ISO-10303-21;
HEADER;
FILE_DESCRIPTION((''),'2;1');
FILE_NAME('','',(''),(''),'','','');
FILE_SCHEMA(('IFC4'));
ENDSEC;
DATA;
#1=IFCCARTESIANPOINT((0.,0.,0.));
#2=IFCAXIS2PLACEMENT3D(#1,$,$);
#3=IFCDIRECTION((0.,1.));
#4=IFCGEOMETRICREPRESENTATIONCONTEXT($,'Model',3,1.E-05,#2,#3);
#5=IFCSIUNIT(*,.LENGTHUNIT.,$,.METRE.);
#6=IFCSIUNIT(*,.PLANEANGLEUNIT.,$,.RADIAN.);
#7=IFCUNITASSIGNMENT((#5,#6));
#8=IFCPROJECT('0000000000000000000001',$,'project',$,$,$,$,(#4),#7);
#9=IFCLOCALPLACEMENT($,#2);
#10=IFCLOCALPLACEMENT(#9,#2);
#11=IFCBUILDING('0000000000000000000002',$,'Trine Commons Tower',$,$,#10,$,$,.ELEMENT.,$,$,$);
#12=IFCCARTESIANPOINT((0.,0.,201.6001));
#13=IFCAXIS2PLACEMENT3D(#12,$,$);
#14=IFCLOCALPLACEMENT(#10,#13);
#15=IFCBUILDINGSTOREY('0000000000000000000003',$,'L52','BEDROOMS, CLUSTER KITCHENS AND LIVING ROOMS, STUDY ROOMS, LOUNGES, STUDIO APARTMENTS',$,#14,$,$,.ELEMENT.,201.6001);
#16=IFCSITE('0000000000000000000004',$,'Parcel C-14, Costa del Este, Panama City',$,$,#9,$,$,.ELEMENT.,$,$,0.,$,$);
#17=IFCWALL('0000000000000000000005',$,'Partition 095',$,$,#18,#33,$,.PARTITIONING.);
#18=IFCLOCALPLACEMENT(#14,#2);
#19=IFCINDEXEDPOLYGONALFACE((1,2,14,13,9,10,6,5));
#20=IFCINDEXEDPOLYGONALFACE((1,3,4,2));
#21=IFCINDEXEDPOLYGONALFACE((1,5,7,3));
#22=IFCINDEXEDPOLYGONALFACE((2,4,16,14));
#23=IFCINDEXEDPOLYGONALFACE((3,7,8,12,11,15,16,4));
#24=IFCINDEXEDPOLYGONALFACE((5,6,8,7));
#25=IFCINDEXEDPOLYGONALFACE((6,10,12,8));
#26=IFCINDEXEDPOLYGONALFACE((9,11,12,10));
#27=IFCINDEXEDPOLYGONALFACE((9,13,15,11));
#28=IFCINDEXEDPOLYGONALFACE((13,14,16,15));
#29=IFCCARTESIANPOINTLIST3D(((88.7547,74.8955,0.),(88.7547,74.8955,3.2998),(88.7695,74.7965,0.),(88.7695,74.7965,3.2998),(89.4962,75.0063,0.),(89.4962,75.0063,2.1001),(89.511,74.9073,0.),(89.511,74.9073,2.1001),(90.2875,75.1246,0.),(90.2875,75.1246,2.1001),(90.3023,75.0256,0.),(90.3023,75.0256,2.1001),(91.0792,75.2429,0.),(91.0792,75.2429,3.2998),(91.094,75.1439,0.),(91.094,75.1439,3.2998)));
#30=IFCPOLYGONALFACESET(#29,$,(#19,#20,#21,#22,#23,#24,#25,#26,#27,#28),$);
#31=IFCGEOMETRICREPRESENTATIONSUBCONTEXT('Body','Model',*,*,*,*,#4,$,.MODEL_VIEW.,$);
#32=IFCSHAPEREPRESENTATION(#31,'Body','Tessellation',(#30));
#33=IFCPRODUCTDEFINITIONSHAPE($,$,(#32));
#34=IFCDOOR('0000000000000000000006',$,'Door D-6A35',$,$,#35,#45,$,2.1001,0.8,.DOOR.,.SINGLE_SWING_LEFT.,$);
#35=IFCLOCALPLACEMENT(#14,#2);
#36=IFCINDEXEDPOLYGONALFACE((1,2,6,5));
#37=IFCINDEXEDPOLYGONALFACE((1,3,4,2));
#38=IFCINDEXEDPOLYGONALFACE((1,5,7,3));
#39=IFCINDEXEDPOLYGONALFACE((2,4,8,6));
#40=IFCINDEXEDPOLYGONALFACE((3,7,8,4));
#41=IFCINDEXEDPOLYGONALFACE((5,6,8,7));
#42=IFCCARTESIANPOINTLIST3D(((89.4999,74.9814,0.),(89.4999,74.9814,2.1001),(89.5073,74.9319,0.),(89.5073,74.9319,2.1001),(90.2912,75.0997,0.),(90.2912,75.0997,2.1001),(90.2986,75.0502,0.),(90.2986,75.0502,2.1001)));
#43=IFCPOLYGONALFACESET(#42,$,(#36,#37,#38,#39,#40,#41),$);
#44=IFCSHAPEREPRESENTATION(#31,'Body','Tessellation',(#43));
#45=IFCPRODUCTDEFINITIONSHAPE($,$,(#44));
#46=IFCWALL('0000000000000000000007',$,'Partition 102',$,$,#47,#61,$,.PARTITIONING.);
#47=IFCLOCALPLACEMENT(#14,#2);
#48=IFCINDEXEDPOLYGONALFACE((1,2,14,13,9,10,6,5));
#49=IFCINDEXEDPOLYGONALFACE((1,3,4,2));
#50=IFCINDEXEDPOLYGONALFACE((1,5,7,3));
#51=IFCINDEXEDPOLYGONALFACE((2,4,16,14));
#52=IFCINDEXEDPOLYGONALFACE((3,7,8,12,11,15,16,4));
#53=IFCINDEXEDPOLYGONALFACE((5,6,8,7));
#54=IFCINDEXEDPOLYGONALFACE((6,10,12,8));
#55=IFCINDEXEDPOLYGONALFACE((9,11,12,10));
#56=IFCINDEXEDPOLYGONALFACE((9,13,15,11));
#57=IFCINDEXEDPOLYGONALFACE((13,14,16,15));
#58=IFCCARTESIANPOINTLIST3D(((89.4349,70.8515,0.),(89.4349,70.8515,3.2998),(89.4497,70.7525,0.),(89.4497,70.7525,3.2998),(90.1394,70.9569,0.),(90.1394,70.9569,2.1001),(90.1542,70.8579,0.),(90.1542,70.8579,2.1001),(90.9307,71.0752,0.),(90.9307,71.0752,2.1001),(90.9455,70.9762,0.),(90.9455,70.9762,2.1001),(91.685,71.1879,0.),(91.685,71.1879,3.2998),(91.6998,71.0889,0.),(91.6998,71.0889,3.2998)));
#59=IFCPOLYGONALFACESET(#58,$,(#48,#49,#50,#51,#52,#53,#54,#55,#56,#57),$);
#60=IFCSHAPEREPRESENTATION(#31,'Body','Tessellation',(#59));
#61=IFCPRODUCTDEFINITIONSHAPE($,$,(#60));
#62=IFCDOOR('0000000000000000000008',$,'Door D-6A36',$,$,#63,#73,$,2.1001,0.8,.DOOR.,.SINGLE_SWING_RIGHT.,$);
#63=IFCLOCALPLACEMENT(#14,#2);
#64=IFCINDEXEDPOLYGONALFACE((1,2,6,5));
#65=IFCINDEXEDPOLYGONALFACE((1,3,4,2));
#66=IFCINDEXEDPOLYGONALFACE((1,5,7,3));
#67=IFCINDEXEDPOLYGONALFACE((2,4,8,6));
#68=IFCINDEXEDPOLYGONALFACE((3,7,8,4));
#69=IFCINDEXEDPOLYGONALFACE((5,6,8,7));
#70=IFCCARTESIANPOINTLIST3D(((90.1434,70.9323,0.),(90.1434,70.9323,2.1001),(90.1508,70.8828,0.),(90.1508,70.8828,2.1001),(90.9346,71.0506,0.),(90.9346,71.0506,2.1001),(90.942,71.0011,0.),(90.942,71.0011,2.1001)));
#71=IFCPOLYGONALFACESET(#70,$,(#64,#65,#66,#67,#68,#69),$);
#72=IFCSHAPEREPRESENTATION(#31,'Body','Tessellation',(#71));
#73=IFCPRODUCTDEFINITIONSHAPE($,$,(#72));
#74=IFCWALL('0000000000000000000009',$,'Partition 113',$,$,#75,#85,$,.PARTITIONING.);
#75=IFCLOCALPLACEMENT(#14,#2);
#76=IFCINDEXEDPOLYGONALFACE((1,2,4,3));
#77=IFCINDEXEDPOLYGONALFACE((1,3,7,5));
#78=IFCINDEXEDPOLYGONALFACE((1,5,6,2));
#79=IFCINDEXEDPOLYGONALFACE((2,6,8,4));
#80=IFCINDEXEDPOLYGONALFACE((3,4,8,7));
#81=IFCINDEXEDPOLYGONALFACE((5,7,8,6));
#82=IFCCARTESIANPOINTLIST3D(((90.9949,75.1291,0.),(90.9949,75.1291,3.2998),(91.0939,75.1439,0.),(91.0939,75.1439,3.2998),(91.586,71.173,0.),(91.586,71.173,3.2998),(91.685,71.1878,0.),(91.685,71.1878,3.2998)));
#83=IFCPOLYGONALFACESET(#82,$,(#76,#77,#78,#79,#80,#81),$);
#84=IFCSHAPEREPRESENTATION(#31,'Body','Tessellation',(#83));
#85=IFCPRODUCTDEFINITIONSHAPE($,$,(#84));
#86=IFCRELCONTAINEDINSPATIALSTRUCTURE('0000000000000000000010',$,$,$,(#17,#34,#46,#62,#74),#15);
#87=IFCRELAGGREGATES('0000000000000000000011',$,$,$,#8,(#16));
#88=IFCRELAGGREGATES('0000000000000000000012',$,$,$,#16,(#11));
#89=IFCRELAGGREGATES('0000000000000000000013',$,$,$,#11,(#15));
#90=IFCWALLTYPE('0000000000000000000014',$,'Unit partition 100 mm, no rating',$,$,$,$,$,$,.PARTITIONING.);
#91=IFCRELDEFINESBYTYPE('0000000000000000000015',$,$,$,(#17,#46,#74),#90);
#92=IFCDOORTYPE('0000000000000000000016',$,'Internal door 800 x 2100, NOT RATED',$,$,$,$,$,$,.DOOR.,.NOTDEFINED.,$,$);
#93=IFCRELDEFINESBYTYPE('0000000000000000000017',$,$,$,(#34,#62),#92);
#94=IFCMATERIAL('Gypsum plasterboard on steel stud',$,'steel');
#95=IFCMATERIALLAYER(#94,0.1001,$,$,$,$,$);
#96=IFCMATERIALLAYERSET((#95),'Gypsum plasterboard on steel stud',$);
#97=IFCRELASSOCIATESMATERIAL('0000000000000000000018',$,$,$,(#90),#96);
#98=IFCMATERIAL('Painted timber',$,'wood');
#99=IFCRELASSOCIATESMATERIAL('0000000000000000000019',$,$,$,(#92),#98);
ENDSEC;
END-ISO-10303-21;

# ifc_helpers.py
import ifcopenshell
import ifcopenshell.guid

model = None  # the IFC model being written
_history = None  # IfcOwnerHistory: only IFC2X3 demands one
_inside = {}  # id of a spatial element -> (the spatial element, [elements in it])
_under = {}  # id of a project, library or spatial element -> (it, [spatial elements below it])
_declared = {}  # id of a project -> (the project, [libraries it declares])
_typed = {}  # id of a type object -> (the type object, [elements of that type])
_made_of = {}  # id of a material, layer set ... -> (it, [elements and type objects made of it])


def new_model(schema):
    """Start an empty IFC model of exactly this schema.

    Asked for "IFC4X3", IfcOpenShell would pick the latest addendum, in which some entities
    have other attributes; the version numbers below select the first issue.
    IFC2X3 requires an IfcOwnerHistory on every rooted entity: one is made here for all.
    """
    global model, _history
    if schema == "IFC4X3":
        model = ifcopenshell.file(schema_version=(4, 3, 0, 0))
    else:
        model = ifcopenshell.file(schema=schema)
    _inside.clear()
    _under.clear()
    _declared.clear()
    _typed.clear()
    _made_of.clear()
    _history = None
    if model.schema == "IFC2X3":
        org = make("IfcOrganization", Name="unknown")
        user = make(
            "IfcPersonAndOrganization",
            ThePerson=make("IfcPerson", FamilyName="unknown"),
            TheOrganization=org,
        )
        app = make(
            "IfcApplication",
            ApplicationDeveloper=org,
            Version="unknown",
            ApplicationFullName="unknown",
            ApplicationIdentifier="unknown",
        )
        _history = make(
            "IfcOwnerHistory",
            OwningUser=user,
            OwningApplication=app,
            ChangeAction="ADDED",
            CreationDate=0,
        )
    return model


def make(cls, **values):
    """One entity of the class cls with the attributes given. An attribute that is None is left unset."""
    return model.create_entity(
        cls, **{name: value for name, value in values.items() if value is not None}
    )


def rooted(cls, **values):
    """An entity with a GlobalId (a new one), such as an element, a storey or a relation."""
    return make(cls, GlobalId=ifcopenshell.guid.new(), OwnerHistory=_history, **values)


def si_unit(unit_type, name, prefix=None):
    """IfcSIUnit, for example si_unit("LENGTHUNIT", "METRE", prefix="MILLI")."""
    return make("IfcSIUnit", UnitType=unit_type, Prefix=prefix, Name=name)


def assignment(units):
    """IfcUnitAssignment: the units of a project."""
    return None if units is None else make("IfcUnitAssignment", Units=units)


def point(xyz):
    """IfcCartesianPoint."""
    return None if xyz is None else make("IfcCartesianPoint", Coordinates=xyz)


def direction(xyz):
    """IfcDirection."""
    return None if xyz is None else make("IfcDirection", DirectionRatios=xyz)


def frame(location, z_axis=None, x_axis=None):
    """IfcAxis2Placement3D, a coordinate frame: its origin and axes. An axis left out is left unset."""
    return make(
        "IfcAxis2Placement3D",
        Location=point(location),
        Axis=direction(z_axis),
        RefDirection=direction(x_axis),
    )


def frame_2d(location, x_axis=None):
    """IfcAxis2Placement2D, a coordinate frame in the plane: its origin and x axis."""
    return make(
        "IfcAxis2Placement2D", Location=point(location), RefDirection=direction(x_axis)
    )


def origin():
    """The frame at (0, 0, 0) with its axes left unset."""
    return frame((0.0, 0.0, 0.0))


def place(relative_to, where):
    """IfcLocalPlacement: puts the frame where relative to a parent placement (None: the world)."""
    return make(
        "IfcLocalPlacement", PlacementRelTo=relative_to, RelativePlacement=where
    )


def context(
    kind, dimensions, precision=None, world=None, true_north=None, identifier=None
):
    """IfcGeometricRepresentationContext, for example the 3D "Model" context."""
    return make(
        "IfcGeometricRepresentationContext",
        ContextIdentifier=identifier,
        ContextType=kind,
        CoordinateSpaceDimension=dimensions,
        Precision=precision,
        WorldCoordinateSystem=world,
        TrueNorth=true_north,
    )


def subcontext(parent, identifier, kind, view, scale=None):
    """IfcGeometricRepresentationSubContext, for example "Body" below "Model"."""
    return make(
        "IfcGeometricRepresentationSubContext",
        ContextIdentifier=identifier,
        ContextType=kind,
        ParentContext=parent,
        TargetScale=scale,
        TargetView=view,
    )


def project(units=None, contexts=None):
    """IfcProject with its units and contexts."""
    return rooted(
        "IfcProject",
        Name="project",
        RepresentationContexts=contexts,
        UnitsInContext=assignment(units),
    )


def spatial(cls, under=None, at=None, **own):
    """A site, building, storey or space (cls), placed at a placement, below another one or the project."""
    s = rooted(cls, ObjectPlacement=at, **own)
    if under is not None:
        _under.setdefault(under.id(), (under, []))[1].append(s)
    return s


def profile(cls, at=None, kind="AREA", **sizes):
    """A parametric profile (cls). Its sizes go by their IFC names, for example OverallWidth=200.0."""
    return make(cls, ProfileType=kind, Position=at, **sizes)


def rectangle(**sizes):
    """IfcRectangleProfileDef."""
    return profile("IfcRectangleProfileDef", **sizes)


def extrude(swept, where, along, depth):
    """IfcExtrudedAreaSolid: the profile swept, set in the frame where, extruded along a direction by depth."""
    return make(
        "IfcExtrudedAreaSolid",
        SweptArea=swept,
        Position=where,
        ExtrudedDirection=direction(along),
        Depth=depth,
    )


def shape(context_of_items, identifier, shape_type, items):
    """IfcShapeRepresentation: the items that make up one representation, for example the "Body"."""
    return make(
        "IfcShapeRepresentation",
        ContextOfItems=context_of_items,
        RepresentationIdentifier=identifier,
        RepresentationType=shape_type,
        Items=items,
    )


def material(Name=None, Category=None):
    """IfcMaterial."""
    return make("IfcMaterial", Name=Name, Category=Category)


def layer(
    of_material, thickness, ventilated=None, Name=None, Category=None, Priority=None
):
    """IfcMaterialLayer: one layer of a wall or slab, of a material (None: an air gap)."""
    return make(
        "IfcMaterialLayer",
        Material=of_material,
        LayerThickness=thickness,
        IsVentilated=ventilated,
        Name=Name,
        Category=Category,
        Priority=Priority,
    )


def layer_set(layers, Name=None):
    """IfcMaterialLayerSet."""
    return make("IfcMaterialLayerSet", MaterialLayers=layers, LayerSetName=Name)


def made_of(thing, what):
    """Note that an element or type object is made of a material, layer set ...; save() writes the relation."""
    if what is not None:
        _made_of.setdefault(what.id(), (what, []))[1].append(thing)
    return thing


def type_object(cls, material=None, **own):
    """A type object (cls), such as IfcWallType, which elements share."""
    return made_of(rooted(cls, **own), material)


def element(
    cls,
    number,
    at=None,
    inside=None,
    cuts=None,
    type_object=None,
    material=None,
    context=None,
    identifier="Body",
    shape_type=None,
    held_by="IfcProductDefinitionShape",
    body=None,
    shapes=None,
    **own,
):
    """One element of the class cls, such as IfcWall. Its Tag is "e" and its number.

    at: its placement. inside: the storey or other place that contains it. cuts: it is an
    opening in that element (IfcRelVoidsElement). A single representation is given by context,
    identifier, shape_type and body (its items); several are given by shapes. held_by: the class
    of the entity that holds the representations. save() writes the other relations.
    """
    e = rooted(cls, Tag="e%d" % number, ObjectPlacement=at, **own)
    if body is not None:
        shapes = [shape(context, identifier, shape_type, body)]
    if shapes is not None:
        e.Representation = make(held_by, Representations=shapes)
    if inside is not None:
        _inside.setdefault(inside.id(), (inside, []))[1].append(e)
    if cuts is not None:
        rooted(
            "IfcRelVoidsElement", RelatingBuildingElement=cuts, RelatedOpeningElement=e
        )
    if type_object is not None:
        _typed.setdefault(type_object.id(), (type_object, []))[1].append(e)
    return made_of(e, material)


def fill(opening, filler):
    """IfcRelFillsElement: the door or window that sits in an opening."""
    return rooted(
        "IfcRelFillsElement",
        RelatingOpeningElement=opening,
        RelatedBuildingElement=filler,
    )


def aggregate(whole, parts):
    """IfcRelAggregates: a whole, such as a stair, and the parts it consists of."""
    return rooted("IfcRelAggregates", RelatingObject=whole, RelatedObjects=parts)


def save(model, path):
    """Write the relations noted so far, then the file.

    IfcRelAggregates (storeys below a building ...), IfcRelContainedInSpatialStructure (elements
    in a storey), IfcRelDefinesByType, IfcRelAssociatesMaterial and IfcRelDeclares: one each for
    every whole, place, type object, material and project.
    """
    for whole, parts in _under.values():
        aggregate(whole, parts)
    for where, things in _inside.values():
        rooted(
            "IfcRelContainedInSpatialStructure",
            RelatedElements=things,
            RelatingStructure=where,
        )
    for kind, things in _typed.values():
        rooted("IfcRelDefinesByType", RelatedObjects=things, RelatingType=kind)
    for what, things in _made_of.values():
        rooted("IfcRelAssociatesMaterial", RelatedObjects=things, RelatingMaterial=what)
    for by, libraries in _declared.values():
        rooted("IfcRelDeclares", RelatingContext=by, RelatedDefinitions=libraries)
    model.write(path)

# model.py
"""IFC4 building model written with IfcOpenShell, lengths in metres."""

from ifc_helpers import new_model, si_unit, direction, frame, frame_2d, origin, place, context, subcontext, project, spatial, rectangle, extrude, material, layer, layer_set, type_object, element, fill, save


model = new_model("IFC4")

# Units and contexts
model_context = context("Model", 3, precision=1e-05, world=origin(), true_north=direction((0.0, 1.0)))
body_context = subcontext(model_context, "Body", "Model", "MODEL_VIEW")
ifc_project = project(units=[si_unit("LENGTHUNIT", "METRE"), si_unit("PLANEANGLEUNIT", "RADIAN")], contexts=[model_context])

# Site, building, storey
site_placement = place(None, origin())
site = spatial("IfcSite", under=ifc_project, at=site_placement, Name="Parcel C-14, Costa del Este, Panama City", CompositionType="ELEMENT", RefElevation=0.0)
building_placement = place(site_placement, origin())
building = spatial("IfcBuilding", under=site, at=building_placement, Name="Trine Commons Tower", CompositionType="ELEMENT")
storey_placement = place(building_placement, frame((0.0, 0.0, 201.6001)))
storey = spatial("IfcBuildingStorey", under=building, at=storey_placement, Name="L52", Description="BEDROOMS, CLUSTER KITCHENS AND LIVING ROOMS, STUDY ROOMS, LOUNGES, STUDIO APARTMENTS", CompositionType="ELEMENT", Elevation=201.6001)

# Shared definitions
ifc_material_1 = material(Name="Gypsum plasterboard on steel stud", Category="steel")

# Walls, openings, doors
ifc_material_2 = material(Name="Painted timber", Category="wood")
ifc_layer_1 = layer(ifc_material_1, 0.1001)
ifc_layer_set_1 = layer_set([ifc_layer_1], Name="Gypsum plasterboard on steel stud")
wall_type_1 = type_object("IfcWallType", Name="Unit partition 100 mm, no rating", PredefinedType="PARTITIONING", material=ifc_layer_set_1)
wall_1_placement = place(storey_placement, frame((88.762, 74.8459, 0.0), z_axis=(0.0, 0.0, 1.0), x_axis=(0.989015, 0.147817, 0.0)))
wall_1 = element("IfcWall", 1, at=wall_1_placement, inside=storey, type_object=wall_type_1, Name="Partition 095", PredefinedType="PARTITIONING", context=body_context, shape_type="SweptSolid", body=[
    extrude(rectangle(XDim=2.3503, YDim=0.1001, at=frame_2d((1.1753, 0.0))), origin(), (0.0, 0.0, 1.0), 3.2998),
])
opening_1_placement = place(wall_1_placement, frame((0.75, 0.0, 0.0)))
opening_1 = element("IfcOpeningElement", 2, at=opening_1_placement, cuts=wall_1, PredefinedType="OPENING", context=body_context, shape_type="SweptSolid", body=[
    extrude(rectangle(XDim=0.8, YDim=2.1001, at=frame_2d((0.3999, 1.05))), frame((0.0, 0.0601, 0.0), z_axis=(0.0, -1.0, 0.0), x_axis=(1.0, 0.0, 0.0)), (0.0, 0.0, 1.0), 0.1201),
])
door_type_1 = type_object("IfcDoorType", Name="Internal door 800 x 2100, NOT RATED", OperationType="NOTDEFINED", PredefinedType="DOOR", material=ifc_material_2)
door_1_placement = place(opening_1_placement, origin())
door_1 = element("IfcDoor", 3, at=door_1_placement, inside=storey, type_object=door_type_1, Name="Door D-6A35", OperationType="SINGLE_SWING_LEFT", OverallHeight=2.1001, OverallWidth=0.8, PredefinedType="DOOR", context=body_context, shape_type="SweptSolid", body=[
    extrude(rectangle(XDim=0.8, YDim=2.1001, at=frame_2d((0.3999, 1.05))), frame((0.0, 0.0249, 0.0), z_axis=(0.0, -1.0, 0.0), x_axis=(1.0, 0.0, 0.0)), (0.0, 0.0, 1.0), 0.05),
])
fill(opening_1, door_1)
wall_2_placement = place(storey_placement, frame((89.4421, 70.802, 0.0), z_axis=(0.0, 0.0, 1.0), x_axis=(0.989008, 0.147863, 0.0)))
wall_2 = element("IfcWall", 4, at=wall_2_placement, inside=storey, type_object=wall_type_1, Name="Partition 102", PredefinedType="PARTITIONING", context=body_context, shape_type="SweptSolid", body=[
    extrude(rectangle(XDim=2.2751, YDim=0.1001, at=frame_2d((1.1377, 0.0))), origin(), (0.0, 0.0, 1.0), 3.2998),
])
opening_2_placement = place(wall_2_placement, frame((0.7126, 0.0, 0.0)))
opening_2 = element("IfcOpeningElement", 5, at=opening_2_placement, cuts=wall_2, PredefinedType="OPENING", context=body_context, shape_type="SweptSolid", body=[
    extrude(rectangle(XDim=0.8, YDim=2.1001, at=frame_2d((0.3999, 1.05))), frame((0.0, 0.0601, 0.0), z_axis=(0.0, -1.0, 0.0), x_axis=(1.0, 0.0, 0.0)), (0.0, 0.0, 1.0), 0.1201),
])
door_2_placement = place(opening_2_placement, frame((0.8, 0.0, 0.0), z_axis=(0.0, 0.0, 1.0), x_axis=(-1.0, 0.0, 0.0)))
door_2 = element("IfcDoor", 6, at=door_2_placement, inside=storey, type_object=door_type_1, Name="Door D-6A36", OperationType="SINGLE_SWING_RIGHT", OverallHeight=2.1001, OverallWidth=0.8, PredefinedType="DOOR", context=body_context, shape_type="SweptSolid", body=[
    extrude(rectangle(XDim=0.8, YDim=2.1001, at=frame_2d((0.3999, 1.05))), frame((0.0, 0.0249, 0.0), z_axis=(0.0, -1.0, 0.0), x_axis=(1.0, 0.0, 0.0)), (0.0, 0.0, 1.0), 0.05),
])
fill(opening_2, door_2)

# Wall
wall_3_placement = place(storey_placement, frame((91.0444, 75.1365, 0.0), z_axis=(0.0, 0.0, 1.0), x_axis=(0.147767, -0.989022, 0.0)))
element("IfcWall", 7, at=wall_3_placement, inside=storey, type_object=wall_type_1, Name="Partition 113", PredefinedType="PARTITIONING", context=body_context, shape_type="SweptSolid", body=[
    extrude(rectangle(XDim=4.0, YDim=0.1001, at=frame_2d((2.0, 0.0))), origin(), (0.0, 0.0, 1.0), 3.2998),
])

save(model, "model.ifc")
